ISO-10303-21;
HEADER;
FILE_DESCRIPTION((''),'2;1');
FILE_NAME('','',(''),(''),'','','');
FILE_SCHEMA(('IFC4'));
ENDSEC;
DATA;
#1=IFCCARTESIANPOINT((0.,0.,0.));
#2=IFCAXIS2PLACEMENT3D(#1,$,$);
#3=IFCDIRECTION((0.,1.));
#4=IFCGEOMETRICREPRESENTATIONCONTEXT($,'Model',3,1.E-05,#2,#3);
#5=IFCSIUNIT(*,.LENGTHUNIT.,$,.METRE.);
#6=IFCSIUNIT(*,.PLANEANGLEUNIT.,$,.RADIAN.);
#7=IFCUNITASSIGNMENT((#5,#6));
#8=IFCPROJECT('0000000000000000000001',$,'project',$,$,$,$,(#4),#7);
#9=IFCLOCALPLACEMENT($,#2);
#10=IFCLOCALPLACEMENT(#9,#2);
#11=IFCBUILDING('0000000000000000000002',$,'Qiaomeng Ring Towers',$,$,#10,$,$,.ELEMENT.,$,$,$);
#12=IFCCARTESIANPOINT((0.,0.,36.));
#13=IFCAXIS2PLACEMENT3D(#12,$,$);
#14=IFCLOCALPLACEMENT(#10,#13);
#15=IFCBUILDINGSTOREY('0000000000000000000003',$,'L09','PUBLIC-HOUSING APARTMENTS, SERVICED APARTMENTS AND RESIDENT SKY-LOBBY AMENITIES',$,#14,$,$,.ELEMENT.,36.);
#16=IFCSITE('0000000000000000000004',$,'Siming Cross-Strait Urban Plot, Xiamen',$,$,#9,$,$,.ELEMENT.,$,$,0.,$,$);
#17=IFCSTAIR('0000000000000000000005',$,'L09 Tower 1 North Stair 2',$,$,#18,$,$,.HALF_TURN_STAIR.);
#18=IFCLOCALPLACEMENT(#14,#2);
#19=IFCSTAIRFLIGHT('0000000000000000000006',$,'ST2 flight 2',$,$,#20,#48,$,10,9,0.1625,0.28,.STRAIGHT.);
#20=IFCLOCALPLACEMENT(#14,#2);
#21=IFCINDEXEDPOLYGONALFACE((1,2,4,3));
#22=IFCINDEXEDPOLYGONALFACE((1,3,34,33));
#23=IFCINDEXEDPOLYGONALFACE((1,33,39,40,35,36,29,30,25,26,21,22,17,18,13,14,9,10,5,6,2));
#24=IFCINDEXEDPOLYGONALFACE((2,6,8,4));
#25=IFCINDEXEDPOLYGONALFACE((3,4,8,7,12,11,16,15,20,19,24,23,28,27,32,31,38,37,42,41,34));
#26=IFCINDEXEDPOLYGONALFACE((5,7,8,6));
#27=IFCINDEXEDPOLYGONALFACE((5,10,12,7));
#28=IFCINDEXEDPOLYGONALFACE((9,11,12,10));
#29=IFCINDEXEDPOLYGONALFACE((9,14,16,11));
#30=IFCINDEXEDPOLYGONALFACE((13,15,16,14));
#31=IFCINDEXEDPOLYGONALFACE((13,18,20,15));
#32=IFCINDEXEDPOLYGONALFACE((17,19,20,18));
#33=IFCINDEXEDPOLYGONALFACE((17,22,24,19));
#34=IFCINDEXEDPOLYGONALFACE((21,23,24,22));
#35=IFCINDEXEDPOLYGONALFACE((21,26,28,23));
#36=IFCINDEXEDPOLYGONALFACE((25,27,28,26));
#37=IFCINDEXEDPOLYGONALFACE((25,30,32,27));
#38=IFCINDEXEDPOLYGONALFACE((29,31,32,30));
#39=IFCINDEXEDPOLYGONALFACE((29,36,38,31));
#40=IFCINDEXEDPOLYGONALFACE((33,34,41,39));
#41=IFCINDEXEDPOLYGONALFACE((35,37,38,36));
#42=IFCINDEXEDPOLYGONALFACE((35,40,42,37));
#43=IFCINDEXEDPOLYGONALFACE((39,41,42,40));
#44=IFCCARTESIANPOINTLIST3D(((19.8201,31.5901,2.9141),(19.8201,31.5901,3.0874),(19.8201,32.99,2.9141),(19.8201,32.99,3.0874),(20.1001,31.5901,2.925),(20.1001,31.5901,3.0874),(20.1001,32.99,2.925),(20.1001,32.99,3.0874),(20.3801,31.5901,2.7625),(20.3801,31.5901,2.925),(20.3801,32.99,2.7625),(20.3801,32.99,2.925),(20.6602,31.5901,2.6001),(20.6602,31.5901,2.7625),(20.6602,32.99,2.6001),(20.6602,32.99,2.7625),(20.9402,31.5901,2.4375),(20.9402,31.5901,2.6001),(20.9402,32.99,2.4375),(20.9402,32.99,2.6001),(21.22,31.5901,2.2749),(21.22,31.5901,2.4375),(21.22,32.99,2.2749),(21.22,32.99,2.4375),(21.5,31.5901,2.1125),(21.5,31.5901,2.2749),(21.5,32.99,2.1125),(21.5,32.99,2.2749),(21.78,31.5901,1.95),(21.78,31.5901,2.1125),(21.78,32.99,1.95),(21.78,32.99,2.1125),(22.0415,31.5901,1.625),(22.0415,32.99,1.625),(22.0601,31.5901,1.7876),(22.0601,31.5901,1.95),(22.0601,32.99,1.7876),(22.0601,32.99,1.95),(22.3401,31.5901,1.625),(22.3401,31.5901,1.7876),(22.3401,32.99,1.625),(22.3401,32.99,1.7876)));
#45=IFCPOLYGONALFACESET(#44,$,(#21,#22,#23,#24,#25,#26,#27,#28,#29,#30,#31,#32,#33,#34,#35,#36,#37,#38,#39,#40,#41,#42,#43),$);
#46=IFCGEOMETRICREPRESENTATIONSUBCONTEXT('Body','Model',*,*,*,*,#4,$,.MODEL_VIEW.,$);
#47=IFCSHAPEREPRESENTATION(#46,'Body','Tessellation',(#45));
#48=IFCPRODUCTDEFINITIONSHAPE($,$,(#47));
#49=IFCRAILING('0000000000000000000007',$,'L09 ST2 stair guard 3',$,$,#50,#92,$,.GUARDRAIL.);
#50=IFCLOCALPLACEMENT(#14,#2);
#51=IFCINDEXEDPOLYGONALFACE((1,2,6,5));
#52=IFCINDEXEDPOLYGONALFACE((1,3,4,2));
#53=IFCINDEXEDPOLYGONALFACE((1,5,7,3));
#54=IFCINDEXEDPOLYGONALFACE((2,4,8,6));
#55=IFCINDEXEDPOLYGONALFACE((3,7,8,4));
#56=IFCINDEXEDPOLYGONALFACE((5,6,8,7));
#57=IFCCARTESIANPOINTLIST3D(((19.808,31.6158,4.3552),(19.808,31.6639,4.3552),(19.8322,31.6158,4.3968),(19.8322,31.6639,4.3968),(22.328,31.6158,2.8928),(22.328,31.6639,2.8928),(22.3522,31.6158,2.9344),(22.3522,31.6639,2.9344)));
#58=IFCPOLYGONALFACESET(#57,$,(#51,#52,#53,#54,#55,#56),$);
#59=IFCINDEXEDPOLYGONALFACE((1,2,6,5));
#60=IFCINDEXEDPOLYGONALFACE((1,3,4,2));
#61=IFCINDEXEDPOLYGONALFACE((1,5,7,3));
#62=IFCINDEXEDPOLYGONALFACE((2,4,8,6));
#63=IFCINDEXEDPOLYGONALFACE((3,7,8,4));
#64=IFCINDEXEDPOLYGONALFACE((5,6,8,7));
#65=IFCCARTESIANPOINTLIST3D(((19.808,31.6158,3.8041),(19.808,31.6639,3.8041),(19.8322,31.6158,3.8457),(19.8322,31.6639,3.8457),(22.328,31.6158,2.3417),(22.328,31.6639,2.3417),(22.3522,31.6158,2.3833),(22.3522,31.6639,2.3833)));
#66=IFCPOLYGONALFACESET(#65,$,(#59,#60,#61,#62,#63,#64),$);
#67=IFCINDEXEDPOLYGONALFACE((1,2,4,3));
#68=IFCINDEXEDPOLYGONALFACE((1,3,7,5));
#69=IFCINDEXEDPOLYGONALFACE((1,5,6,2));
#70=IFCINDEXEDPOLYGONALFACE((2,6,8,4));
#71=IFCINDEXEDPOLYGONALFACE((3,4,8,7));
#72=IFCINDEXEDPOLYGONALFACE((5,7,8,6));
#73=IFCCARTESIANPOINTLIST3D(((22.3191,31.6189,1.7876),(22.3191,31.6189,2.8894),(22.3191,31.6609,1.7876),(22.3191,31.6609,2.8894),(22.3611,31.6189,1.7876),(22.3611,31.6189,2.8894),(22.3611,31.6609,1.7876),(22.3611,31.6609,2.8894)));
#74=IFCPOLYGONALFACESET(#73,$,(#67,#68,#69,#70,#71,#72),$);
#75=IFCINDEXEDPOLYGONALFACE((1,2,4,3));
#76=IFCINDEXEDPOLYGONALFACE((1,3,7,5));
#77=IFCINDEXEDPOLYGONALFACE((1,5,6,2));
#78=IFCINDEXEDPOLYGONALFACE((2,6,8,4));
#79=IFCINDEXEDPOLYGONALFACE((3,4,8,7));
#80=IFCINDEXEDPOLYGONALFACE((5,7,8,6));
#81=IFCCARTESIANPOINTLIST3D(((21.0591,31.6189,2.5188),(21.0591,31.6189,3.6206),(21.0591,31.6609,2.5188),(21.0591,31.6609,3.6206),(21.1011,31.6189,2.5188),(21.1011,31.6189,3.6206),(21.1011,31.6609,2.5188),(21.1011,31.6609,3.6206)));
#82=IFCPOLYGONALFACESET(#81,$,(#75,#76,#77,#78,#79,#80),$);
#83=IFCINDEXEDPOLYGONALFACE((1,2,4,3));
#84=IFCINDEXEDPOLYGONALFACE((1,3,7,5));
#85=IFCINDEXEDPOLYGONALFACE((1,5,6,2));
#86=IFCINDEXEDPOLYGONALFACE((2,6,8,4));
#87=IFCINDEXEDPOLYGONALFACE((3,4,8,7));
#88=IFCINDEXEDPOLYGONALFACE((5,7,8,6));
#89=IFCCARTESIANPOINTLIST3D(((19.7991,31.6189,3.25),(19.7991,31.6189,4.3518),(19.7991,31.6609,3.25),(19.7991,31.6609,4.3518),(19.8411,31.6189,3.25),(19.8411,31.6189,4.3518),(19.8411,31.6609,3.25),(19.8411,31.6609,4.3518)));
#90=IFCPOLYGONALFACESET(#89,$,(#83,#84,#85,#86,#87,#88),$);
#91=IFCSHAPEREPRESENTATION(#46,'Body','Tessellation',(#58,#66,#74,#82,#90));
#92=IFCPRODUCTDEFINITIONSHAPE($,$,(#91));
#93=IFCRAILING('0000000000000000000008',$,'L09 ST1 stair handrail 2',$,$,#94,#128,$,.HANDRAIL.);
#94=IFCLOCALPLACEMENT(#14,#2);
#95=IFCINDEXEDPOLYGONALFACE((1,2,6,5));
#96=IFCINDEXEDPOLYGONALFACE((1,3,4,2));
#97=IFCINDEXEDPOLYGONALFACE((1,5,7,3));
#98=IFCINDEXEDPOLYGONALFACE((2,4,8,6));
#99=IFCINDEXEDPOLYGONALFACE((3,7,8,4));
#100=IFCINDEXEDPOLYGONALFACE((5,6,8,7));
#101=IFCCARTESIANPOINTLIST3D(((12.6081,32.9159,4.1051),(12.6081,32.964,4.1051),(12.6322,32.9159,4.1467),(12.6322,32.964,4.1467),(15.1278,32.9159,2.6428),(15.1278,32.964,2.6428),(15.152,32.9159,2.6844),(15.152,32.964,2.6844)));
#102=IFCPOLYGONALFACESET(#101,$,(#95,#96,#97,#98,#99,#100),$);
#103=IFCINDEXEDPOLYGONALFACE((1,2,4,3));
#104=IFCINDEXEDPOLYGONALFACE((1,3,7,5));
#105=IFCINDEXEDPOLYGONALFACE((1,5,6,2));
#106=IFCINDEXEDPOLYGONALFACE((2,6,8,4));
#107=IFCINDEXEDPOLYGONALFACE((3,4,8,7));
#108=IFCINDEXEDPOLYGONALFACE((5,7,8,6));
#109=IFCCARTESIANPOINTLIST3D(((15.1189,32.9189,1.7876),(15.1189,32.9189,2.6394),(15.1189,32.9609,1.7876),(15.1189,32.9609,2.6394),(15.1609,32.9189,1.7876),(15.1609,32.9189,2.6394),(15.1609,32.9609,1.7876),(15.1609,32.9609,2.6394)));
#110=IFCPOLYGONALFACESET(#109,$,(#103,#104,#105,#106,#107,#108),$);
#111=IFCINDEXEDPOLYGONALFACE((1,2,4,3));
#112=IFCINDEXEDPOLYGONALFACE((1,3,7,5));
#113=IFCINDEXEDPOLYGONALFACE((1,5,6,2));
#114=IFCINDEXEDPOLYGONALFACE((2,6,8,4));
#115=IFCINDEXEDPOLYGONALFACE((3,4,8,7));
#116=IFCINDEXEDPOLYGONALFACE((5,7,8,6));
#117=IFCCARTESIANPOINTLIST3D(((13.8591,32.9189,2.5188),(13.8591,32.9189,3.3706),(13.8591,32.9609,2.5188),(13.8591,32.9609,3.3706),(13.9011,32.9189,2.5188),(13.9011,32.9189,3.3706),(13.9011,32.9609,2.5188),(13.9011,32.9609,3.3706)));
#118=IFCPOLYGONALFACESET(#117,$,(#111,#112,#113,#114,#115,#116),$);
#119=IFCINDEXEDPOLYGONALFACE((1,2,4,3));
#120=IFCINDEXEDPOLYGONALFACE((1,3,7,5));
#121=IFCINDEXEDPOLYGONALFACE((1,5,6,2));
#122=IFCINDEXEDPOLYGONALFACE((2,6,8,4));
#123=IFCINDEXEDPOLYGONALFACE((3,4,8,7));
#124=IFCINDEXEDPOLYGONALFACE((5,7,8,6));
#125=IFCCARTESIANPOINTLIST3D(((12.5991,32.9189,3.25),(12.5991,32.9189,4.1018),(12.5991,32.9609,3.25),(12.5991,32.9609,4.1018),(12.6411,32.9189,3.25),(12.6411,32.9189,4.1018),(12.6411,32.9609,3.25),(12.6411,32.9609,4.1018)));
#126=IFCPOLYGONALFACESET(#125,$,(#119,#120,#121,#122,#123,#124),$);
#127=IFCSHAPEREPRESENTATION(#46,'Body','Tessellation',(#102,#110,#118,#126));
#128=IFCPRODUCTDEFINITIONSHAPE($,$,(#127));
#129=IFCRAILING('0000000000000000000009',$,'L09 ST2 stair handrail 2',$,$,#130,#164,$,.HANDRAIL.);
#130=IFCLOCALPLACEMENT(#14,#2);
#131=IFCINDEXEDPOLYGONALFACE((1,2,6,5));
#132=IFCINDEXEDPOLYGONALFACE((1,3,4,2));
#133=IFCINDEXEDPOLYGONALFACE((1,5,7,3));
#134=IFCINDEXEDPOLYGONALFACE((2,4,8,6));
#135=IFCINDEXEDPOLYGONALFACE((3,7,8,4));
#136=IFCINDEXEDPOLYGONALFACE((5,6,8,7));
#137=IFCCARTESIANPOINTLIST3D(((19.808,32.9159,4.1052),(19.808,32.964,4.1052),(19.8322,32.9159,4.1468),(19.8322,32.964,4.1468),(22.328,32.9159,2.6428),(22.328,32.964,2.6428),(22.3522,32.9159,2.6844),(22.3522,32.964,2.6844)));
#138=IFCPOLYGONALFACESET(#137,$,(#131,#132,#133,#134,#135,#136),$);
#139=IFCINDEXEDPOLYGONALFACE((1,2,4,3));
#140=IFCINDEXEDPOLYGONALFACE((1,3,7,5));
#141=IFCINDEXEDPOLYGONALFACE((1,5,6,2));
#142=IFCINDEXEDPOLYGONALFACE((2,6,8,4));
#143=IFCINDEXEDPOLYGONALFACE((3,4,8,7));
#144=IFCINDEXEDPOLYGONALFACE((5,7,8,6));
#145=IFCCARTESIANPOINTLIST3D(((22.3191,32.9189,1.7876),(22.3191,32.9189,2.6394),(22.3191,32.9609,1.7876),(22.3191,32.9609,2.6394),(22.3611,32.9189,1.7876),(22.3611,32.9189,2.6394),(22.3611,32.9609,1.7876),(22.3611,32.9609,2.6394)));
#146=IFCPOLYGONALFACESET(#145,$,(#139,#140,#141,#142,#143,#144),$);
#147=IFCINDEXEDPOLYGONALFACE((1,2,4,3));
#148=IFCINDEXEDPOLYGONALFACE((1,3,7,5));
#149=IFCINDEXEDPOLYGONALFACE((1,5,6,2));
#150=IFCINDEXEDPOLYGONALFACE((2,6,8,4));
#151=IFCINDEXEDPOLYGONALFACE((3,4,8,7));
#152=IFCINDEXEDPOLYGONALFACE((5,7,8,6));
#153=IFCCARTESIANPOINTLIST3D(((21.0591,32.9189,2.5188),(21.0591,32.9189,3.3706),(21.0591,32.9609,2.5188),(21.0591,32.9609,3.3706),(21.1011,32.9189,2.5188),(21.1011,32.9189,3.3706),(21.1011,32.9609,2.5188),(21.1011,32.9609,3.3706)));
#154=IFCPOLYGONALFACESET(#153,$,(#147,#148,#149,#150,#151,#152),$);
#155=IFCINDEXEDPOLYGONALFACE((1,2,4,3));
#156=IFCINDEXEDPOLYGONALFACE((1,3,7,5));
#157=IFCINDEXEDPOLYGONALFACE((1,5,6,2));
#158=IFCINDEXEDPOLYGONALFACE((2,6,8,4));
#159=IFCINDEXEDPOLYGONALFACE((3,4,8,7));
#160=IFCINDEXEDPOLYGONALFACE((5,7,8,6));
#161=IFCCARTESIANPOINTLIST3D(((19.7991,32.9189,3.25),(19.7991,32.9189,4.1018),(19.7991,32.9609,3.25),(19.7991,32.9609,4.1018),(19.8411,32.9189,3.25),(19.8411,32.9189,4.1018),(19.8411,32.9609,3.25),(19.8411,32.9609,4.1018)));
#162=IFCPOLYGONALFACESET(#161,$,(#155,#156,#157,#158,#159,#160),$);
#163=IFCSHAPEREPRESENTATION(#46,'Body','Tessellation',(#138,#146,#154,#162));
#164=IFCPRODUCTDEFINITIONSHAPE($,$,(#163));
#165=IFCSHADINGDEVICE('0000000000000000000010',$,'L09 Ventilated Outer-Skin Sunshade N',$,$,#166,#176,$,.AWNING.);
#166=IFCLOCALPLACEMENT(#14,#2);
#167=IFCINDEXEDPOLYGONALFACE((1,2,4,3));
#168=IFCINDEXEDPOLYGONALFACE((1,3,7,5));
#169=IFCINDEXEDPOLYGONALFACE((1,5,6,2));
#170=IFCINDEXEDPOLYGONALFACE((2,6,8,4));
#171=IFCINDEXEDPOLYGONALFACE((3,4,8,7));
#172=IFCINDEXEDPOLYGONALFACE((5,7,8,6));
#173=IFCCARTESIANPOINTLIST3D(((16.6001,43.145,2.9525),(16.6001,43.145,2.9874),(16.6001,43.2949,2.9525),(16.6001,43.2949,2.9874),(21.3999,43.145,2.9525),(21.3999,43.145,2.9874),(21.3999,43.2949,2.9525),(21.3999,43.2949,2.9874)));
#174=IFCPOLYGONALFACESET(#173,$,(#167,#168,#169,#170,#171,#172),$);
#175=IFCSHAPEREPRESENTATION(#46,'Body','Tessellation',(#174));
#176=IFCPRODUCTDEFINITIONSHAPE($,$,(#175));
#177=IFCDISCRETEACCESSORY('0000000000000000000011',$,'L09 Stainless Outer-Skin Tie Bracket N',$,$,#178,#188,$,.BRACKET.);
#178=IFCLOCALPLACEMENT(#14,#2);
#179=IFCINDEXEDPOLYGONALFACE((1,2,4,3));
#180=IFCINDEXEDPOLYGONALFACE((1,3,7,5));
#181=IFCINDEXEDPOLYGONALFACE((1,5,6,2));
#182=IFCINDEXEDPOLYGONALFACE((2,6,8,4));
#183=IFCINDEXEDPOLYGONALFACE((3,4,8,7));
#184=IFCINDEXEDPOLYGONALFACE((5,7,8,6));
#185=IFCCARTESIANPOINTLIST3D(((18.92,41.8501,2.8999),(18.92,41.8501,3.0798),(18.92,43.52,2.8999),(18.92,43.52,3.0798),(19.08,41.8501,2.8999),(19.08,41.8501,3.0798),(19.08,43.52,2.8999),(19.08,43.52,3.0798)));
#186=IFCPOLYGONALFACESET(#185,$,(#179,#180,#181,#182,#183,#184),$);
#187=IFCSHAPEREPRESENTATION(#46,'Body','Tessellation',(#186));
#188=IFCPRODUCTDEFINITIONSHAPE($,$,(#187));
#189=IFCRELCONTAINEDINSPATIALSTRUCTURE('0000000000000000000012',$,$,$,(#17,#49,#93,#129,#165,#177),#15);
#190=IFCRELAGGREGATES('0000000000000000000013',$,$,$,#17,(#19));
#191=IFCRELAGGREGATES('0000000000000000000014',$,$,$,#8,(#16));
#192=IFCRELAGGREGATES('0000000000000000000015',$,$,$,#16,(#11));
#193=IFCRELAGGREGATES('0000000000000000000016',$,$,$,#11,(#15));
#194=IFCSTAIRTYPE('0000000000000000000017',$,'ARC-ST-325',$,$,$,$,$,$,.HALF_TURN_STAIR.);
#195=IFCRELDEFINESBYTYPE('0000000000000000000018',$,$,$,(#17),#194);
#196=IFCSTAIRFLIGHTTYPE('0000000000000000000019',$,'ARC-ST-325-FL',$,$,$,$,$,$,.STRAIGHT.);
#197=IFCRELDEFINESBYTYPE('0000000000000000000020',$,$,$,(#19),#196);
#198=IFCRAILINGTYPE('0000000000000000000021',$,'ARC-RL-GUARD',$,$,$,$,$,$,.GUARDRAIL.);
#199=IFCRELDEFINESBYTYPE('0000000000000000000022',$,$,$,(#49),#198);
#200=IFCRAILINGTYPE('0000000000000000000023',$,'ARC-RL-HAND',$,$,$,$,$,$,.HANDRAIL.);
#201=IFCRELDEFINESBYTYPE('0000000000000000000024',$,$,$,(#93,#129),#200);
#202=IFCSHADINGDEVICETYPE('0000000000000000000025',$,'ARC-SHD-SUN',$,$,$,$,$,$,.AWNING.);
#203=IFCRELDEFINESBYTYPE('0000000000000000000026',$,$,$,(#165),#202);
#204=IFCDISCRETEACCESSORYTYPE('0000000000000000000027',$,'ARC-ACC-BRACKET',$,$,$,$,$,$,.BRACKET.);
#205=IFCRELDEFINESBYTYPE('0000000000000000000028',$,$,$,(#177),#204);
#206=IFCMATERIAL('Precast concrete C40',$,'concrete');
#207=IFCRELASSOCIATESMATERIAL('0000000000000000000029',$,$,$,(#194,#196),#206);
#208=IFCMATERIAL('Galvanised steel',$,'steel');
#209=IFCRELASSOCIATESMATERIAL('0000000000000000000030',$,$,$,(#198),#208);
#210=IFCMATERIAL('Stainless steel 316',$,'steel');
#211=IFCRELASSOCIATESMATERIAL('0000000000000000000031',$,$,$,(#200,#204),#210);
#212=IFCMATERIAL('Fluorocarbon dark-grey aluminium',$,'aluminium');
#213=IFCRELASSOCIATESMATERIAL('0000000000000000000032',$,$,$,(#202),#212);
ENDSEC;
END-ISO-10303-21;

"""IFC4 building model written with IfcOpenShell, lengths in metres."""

from ifc_helpers import new_model, si_unit, direction, frame, origin, origin_2d, place, context, subcontext, project, spatial, polyline, rectangle, outline, extrude, source, transform, mapped, material, material_profile, profile_set, type_object, element, aggregate, save


model = new_model("IFC4")

# Units and contexts
model_context = context("Model", 3, precision=1e-05, world=origin(), true_north=direction((0.0, 1.0)))
body_context = subcontext(model_context, "Body", "Model", "MODEL_VIEW")
ifc_project = project(units=[si_unit("LENGTHUNIT", "METRE"), si_unit("PLANEANGLEUNIT", "RADIAN")], contexts=[model_context])

# Site, building, storey
site_placement = place(None, origin())
site = spatial("IfcSite", under=ifc_project, at=site_placement, Name="Siming Cross-Strait Urban Plot, Xiamen", CompositionType="ELEMENT", RefElevation=0.0)
building_placement = place(site_placement, origin())
building = spatial("IfcBuilding", under=site, at=building_placement, Name="Qiaomeng Ring Towers", CompositionType="ELEMENT")
storey_placement = place(building_placement, frame((0.0, 0.0, 36.0)))
storey = spatial("IfcBuildingStorey", under=building, at=storey_placement, Name="L09", Description="PUBLIC-HOUSING APARTMENTS, SERVICED APARTMENTS AND RESIDENT SKY-LOBBY AMENITIES", CompositionType="ELEMENT", Elevation=36.0)

# Shared definitions
ifc_material_1 = material(Name="Galvanised steel", Category="steel")

# Stair, stair flight
ifc_material_2 = material(Name="Precast concrete C40", Category="concrete")
stair_type = type_object("IfcStairType", Name="ARC-ST-325", PredefinedType="HALF_TURN_STAIR", material=ifc_material_2)
stair_flight_type = type_object("IfcStairFlightType", Name="ARC-ST-325-FL", PredefinedType="STRAIGHT", material=ifc_material_2)
shared_shape_1 = source(origin(), body_context, "Body", "SweptSolid", [
    extrude(outline(polyline([(0.0, 0.0), (0.0, 0.1626), (0.28, 0.1626), (0.28, 0.325), (0.5601, 0.325), (0.5601, 0.4875), (0.8401, 0.4875), (0.8401, 0.6499), (1.1201, 0.6499), (1.1201, 0.8125), (1.3999, 0.8125), (1.3999, 0.9751), (1.6799, 0.9751), (1.6799, 1.1375), (1.96, 1.1375), (1.96, 1.3), (2.24, 1.3), (2.24, 1.4624), (2.52, 1.4624), (2.52, 1.625), (2.52, 1.2891), (0.2986, 0.0), (0.0, 0.0)])), frame((0.0, 0.7, 0.0), z_axis=(0.0, -1.0, 0.0), x_axis=(1.0, 0.0, 0.0)), (0.0, 0.0, 1.0), 1.3999),
])
stair_1_placement = place(storey_placement, origin())
stair_1 = element("IfcStair", 1, at=stair_1_placement, inside=storey, type_object=stair_type, Name="L09 Tower 1 North Stair 2", PredefinedType="HALF_TURN_STAIR")
stair_flight_1_placement = place(storey_placement, frame((22.3401, 32.29, 1.625), z_axis=(0.0, 0.0, 1.0), x_axis=(-1.0, 0.0, 0.0)))
stair_flight_1 = element("IfcStairFlight", 2, at=stair_flight_1_placement, type_object=stair_flight_type, Name="ST2 flight 2", NumberOfRisers=10, NumberOfTreads=9, PredefinedType="STRAIGHT", RiserHeight=0.1625, TreadLength=0.28, context=body_context, shape_type="MappedRepresentation", body=[
    mapped(shared_shape_1, transform((0.0, 0.0, 0.0), x_axis=(1.0, 0.0, 0.0), y_axis=(0.0, 1.0, 0.0), z_axis=(0.0, 0.0, 1.0), scale=1.0)),
])
aggregate(stair_1, [stair_flight_1])

# Railings
railing_type_1 = type_object("IfcRailingType", Name="ARC-RL-GUARD", PredefinedType="GUARDRAIL", material=ifc_material_1)
railing_1_placement = place(storey_placement, frame((22.3401, 31.6399, 1.7876)))
element("IfcRailing", 3, at=railing_1_placement, inside=storey, type_object=railing_type_1, Name="L09 ST2 stair guard 3", PredefinedType="GUARDRAIL", context=body_context, shape_type="SweptSolid", body=[
    extrude(rectangle(XDim=0.0481, YDim=0.0481, at=origin_2d()), frame((0.0, 0.0, 1.126), z_axis=(-0.864913, 0.0, 0.501921), x_axis=(0.0, -1.0, 0.0)), (0.0, 0.0, 1.0), 2.9136),
    extrude(rectangle(XDim=0.0481, YDim=0.0481, at=origin_2d()), frame((0.0, 0.0, 0.575), z_axis=(-0.864913, 0.0, 0.501921), x_axis=(0.0, -1.0, 0.0)), (0.0, 0.0, 1.0), 2.9136),
    extrude(rectangle(XDim=0.042, YDim=0.042, at=origin_2d()), origin(), (0.0, 0.0, 1.0), 1.1018),
    extrude(rectangle(XDim=0.042, YDim=0.042, at=origin_2d()), frame((-1.26, 0.0, 0.7312)), (0.0, 0.0, 1.0), 1.1018),
    extrude(rectangle(XDim=0.042, YDim=0.042, at=origin_2d()), frame((-2.52, 0.0, 1.4624)), (0.0, 0.0, 1.0), 1.1018),
])
ifc_material_3 = material(Name="Stainless steel 316", Category="steel")
railing_type_2 = type_object("IfcRailingType", Name="ARC-RL-HAND", PredefinedType="HANDRAIL", material=ifc_material_3)
railing_2_placement = place(storey_placement, frame((15.1399, 32.9399, 1.7876)))
element("IfcRailing", 4, at=railing_2_placement, inside=storey, type_object=railing_type_2, Name="L09 ST1 stair handrail 2", PredefinedType="HANDRAIL", context=body_context, shape_type="SweptSolid", body=[
    extrude(rectangle(XDim=0.0481, YDim=0.0481, at=origin_2d()), frame((0.0, 0.0, 0.876), z_axis=(-0.864892, 0.0, 0.501958), x_axis=(0.0, -1.0, 0.0)), (0.0, 0.0, 1.0), 2.9133),
    extrude(rectangle(XDim=0.042, YDim=0.042, at=origin_2d()), origin(), (0.0, 0.0, 1.0), 0.8518),
    extrude(rectangle(XDim=0.042, YDim=0.042, at=origin_2d()), frame((-1.2598, 0.0, 0.7312)), (0.0, 0.0, 1.0), 0.8518),
    extrude(rectangle(XDim=0.042, YDim=0.042, at=origin_2d()), frame((-2.5198, 0.0, 1.4624)), (0.0, 0.0, 1.0), 0.8518),
])
railing_3_placement = place(storey_placement, frame((22.3401, 32.9399, 1.7876)))
element("IfcRailing", 5, at=railing_3_placement, inside=storey, type_object=railing_type_2, Name="L09 ST2 stair handrail 2", PredefinedType="HANDRAIL", context=body_context, shape_type="SweptSolid", body=[
    extrude(rectangle(XDim=0.0481, YDim=0.0481, at=origin_2d()), frame((0.0, 0.0, 0.876), z_axis=(-0.864913, 0.0, 0.501921), x_axis=(0.0, -1.0, 0.0)), (0.0, 0.0, 1.0), 2.9136),
    extrude(rectangle(XDim=0.042, YDim=0.042, at=origin_2d()), origin(), (0.0, 0.0, 1.0), 0.8518),
    extrude(rectangle(XDim=0.042, YDim=0.042, at=origin_2d()), frame((-1.26, 0.0, 0.7312)), (0.0, 0.0, 1.0), 0.8518),
    extrude(rectangle(XDim=0.042, YDim=0.042, at=origin_2d()), frame((-2.52, 0.0, 1.4624)), (0.0, 0.0, 1.0), 0.8518),
])

# Shading device
ifc_material_4 = material(Name="Fluorocarbon dark-grey aluminium", Category="aluminium")
ifc_material_profile_1 = material_profile(ifc_material_4, rectangle(XDim=0.1499, YDim=0.0349, at=origin_2d()), Name="LV BLADE 150x35")
ifc_profile_set_1 = profile_set([ifc_material_profile_1], Name="Fluorocarbon dark-grey aluminium")
shading_device_type = type_object("IfcShadingDeviceType", Name="ARC-SHD-SUN", PredefinedType="AWNING", material=ifc_profile_set_1)
shared_shape_2 = source(origin(), body_context, "Body", "SweptSolid", [
    extrude(rectangle(XDim=0.1499, YDim=0.0349, at=origin_2d()), origin(), (0.0, 0.0, 1.0), 4.7998),
])
shading_device_placement = place(storey_placement, frame((16.6001, 43.22, 2.97), z_axis=(1.0, 0.0, 0.0), x_axis=(0.0, 1.0, 0.0)))
element("IfcShadingDevice", 6, at=shading_device_placement, inside=storey, type_object=shading_device_type, Name="L09 Ventilated Outer-Skin Sunshade N", PredefinedType="AWNING", context=body_context, shape_type="MappedRepresentation", body=[
    mapped(shared_shape_2, transform((0.0, 0.0, 0.0), x_axis=(1.0, 0.0, 0.0), y_axis=(0.0, 1.0, 0.0), z_axis=(0.0, 0.0, 1.0), scale=1.0)),
])

# Discrete accessory
discrete_accessory_type = type_object("IfcDiscreteAccessoryType", Name="ARC-ACC-BRACKET", PredefinedType="BRACKET", material=ifc_material_3)
shared_shape_3 = source(origin(), body_context, "Body", "SweptSolid", [
    extrude(rectangle(XDim=0.1599, YDim=1.6699, at=origin_2d()), origin(), (0.0, 0.0, 1.0), 0.1799),
])
discrete_accessory_placement = place(storey_placement, frame((19.0, 42.6851, 2.8999), z_axis=(0.0, 0.0, 1.0), x_axis=(1.0, 0.0, 0.0)))
element("IfcDiscreteAccessory", 7, at=discrete_accessory_placement, inside=storey, type_object=discrete_accessory_type, Name="L09 Stainless Outer-Skin Tie Bracket N", PredefinedType="BRACKET", context=body_context, shape_type="MappedRepresentation", body=[
    mapped(shared_shape_3, transform((0.0, 0.0, 0.0), x_axis=(1.0, 0.0, 0.0), y_axis=(0.0, 1.0, 0.0), z_axis=(0.0, 0.0, 1.0), scale=1.0)),
])

save(model, "model.ifc")
